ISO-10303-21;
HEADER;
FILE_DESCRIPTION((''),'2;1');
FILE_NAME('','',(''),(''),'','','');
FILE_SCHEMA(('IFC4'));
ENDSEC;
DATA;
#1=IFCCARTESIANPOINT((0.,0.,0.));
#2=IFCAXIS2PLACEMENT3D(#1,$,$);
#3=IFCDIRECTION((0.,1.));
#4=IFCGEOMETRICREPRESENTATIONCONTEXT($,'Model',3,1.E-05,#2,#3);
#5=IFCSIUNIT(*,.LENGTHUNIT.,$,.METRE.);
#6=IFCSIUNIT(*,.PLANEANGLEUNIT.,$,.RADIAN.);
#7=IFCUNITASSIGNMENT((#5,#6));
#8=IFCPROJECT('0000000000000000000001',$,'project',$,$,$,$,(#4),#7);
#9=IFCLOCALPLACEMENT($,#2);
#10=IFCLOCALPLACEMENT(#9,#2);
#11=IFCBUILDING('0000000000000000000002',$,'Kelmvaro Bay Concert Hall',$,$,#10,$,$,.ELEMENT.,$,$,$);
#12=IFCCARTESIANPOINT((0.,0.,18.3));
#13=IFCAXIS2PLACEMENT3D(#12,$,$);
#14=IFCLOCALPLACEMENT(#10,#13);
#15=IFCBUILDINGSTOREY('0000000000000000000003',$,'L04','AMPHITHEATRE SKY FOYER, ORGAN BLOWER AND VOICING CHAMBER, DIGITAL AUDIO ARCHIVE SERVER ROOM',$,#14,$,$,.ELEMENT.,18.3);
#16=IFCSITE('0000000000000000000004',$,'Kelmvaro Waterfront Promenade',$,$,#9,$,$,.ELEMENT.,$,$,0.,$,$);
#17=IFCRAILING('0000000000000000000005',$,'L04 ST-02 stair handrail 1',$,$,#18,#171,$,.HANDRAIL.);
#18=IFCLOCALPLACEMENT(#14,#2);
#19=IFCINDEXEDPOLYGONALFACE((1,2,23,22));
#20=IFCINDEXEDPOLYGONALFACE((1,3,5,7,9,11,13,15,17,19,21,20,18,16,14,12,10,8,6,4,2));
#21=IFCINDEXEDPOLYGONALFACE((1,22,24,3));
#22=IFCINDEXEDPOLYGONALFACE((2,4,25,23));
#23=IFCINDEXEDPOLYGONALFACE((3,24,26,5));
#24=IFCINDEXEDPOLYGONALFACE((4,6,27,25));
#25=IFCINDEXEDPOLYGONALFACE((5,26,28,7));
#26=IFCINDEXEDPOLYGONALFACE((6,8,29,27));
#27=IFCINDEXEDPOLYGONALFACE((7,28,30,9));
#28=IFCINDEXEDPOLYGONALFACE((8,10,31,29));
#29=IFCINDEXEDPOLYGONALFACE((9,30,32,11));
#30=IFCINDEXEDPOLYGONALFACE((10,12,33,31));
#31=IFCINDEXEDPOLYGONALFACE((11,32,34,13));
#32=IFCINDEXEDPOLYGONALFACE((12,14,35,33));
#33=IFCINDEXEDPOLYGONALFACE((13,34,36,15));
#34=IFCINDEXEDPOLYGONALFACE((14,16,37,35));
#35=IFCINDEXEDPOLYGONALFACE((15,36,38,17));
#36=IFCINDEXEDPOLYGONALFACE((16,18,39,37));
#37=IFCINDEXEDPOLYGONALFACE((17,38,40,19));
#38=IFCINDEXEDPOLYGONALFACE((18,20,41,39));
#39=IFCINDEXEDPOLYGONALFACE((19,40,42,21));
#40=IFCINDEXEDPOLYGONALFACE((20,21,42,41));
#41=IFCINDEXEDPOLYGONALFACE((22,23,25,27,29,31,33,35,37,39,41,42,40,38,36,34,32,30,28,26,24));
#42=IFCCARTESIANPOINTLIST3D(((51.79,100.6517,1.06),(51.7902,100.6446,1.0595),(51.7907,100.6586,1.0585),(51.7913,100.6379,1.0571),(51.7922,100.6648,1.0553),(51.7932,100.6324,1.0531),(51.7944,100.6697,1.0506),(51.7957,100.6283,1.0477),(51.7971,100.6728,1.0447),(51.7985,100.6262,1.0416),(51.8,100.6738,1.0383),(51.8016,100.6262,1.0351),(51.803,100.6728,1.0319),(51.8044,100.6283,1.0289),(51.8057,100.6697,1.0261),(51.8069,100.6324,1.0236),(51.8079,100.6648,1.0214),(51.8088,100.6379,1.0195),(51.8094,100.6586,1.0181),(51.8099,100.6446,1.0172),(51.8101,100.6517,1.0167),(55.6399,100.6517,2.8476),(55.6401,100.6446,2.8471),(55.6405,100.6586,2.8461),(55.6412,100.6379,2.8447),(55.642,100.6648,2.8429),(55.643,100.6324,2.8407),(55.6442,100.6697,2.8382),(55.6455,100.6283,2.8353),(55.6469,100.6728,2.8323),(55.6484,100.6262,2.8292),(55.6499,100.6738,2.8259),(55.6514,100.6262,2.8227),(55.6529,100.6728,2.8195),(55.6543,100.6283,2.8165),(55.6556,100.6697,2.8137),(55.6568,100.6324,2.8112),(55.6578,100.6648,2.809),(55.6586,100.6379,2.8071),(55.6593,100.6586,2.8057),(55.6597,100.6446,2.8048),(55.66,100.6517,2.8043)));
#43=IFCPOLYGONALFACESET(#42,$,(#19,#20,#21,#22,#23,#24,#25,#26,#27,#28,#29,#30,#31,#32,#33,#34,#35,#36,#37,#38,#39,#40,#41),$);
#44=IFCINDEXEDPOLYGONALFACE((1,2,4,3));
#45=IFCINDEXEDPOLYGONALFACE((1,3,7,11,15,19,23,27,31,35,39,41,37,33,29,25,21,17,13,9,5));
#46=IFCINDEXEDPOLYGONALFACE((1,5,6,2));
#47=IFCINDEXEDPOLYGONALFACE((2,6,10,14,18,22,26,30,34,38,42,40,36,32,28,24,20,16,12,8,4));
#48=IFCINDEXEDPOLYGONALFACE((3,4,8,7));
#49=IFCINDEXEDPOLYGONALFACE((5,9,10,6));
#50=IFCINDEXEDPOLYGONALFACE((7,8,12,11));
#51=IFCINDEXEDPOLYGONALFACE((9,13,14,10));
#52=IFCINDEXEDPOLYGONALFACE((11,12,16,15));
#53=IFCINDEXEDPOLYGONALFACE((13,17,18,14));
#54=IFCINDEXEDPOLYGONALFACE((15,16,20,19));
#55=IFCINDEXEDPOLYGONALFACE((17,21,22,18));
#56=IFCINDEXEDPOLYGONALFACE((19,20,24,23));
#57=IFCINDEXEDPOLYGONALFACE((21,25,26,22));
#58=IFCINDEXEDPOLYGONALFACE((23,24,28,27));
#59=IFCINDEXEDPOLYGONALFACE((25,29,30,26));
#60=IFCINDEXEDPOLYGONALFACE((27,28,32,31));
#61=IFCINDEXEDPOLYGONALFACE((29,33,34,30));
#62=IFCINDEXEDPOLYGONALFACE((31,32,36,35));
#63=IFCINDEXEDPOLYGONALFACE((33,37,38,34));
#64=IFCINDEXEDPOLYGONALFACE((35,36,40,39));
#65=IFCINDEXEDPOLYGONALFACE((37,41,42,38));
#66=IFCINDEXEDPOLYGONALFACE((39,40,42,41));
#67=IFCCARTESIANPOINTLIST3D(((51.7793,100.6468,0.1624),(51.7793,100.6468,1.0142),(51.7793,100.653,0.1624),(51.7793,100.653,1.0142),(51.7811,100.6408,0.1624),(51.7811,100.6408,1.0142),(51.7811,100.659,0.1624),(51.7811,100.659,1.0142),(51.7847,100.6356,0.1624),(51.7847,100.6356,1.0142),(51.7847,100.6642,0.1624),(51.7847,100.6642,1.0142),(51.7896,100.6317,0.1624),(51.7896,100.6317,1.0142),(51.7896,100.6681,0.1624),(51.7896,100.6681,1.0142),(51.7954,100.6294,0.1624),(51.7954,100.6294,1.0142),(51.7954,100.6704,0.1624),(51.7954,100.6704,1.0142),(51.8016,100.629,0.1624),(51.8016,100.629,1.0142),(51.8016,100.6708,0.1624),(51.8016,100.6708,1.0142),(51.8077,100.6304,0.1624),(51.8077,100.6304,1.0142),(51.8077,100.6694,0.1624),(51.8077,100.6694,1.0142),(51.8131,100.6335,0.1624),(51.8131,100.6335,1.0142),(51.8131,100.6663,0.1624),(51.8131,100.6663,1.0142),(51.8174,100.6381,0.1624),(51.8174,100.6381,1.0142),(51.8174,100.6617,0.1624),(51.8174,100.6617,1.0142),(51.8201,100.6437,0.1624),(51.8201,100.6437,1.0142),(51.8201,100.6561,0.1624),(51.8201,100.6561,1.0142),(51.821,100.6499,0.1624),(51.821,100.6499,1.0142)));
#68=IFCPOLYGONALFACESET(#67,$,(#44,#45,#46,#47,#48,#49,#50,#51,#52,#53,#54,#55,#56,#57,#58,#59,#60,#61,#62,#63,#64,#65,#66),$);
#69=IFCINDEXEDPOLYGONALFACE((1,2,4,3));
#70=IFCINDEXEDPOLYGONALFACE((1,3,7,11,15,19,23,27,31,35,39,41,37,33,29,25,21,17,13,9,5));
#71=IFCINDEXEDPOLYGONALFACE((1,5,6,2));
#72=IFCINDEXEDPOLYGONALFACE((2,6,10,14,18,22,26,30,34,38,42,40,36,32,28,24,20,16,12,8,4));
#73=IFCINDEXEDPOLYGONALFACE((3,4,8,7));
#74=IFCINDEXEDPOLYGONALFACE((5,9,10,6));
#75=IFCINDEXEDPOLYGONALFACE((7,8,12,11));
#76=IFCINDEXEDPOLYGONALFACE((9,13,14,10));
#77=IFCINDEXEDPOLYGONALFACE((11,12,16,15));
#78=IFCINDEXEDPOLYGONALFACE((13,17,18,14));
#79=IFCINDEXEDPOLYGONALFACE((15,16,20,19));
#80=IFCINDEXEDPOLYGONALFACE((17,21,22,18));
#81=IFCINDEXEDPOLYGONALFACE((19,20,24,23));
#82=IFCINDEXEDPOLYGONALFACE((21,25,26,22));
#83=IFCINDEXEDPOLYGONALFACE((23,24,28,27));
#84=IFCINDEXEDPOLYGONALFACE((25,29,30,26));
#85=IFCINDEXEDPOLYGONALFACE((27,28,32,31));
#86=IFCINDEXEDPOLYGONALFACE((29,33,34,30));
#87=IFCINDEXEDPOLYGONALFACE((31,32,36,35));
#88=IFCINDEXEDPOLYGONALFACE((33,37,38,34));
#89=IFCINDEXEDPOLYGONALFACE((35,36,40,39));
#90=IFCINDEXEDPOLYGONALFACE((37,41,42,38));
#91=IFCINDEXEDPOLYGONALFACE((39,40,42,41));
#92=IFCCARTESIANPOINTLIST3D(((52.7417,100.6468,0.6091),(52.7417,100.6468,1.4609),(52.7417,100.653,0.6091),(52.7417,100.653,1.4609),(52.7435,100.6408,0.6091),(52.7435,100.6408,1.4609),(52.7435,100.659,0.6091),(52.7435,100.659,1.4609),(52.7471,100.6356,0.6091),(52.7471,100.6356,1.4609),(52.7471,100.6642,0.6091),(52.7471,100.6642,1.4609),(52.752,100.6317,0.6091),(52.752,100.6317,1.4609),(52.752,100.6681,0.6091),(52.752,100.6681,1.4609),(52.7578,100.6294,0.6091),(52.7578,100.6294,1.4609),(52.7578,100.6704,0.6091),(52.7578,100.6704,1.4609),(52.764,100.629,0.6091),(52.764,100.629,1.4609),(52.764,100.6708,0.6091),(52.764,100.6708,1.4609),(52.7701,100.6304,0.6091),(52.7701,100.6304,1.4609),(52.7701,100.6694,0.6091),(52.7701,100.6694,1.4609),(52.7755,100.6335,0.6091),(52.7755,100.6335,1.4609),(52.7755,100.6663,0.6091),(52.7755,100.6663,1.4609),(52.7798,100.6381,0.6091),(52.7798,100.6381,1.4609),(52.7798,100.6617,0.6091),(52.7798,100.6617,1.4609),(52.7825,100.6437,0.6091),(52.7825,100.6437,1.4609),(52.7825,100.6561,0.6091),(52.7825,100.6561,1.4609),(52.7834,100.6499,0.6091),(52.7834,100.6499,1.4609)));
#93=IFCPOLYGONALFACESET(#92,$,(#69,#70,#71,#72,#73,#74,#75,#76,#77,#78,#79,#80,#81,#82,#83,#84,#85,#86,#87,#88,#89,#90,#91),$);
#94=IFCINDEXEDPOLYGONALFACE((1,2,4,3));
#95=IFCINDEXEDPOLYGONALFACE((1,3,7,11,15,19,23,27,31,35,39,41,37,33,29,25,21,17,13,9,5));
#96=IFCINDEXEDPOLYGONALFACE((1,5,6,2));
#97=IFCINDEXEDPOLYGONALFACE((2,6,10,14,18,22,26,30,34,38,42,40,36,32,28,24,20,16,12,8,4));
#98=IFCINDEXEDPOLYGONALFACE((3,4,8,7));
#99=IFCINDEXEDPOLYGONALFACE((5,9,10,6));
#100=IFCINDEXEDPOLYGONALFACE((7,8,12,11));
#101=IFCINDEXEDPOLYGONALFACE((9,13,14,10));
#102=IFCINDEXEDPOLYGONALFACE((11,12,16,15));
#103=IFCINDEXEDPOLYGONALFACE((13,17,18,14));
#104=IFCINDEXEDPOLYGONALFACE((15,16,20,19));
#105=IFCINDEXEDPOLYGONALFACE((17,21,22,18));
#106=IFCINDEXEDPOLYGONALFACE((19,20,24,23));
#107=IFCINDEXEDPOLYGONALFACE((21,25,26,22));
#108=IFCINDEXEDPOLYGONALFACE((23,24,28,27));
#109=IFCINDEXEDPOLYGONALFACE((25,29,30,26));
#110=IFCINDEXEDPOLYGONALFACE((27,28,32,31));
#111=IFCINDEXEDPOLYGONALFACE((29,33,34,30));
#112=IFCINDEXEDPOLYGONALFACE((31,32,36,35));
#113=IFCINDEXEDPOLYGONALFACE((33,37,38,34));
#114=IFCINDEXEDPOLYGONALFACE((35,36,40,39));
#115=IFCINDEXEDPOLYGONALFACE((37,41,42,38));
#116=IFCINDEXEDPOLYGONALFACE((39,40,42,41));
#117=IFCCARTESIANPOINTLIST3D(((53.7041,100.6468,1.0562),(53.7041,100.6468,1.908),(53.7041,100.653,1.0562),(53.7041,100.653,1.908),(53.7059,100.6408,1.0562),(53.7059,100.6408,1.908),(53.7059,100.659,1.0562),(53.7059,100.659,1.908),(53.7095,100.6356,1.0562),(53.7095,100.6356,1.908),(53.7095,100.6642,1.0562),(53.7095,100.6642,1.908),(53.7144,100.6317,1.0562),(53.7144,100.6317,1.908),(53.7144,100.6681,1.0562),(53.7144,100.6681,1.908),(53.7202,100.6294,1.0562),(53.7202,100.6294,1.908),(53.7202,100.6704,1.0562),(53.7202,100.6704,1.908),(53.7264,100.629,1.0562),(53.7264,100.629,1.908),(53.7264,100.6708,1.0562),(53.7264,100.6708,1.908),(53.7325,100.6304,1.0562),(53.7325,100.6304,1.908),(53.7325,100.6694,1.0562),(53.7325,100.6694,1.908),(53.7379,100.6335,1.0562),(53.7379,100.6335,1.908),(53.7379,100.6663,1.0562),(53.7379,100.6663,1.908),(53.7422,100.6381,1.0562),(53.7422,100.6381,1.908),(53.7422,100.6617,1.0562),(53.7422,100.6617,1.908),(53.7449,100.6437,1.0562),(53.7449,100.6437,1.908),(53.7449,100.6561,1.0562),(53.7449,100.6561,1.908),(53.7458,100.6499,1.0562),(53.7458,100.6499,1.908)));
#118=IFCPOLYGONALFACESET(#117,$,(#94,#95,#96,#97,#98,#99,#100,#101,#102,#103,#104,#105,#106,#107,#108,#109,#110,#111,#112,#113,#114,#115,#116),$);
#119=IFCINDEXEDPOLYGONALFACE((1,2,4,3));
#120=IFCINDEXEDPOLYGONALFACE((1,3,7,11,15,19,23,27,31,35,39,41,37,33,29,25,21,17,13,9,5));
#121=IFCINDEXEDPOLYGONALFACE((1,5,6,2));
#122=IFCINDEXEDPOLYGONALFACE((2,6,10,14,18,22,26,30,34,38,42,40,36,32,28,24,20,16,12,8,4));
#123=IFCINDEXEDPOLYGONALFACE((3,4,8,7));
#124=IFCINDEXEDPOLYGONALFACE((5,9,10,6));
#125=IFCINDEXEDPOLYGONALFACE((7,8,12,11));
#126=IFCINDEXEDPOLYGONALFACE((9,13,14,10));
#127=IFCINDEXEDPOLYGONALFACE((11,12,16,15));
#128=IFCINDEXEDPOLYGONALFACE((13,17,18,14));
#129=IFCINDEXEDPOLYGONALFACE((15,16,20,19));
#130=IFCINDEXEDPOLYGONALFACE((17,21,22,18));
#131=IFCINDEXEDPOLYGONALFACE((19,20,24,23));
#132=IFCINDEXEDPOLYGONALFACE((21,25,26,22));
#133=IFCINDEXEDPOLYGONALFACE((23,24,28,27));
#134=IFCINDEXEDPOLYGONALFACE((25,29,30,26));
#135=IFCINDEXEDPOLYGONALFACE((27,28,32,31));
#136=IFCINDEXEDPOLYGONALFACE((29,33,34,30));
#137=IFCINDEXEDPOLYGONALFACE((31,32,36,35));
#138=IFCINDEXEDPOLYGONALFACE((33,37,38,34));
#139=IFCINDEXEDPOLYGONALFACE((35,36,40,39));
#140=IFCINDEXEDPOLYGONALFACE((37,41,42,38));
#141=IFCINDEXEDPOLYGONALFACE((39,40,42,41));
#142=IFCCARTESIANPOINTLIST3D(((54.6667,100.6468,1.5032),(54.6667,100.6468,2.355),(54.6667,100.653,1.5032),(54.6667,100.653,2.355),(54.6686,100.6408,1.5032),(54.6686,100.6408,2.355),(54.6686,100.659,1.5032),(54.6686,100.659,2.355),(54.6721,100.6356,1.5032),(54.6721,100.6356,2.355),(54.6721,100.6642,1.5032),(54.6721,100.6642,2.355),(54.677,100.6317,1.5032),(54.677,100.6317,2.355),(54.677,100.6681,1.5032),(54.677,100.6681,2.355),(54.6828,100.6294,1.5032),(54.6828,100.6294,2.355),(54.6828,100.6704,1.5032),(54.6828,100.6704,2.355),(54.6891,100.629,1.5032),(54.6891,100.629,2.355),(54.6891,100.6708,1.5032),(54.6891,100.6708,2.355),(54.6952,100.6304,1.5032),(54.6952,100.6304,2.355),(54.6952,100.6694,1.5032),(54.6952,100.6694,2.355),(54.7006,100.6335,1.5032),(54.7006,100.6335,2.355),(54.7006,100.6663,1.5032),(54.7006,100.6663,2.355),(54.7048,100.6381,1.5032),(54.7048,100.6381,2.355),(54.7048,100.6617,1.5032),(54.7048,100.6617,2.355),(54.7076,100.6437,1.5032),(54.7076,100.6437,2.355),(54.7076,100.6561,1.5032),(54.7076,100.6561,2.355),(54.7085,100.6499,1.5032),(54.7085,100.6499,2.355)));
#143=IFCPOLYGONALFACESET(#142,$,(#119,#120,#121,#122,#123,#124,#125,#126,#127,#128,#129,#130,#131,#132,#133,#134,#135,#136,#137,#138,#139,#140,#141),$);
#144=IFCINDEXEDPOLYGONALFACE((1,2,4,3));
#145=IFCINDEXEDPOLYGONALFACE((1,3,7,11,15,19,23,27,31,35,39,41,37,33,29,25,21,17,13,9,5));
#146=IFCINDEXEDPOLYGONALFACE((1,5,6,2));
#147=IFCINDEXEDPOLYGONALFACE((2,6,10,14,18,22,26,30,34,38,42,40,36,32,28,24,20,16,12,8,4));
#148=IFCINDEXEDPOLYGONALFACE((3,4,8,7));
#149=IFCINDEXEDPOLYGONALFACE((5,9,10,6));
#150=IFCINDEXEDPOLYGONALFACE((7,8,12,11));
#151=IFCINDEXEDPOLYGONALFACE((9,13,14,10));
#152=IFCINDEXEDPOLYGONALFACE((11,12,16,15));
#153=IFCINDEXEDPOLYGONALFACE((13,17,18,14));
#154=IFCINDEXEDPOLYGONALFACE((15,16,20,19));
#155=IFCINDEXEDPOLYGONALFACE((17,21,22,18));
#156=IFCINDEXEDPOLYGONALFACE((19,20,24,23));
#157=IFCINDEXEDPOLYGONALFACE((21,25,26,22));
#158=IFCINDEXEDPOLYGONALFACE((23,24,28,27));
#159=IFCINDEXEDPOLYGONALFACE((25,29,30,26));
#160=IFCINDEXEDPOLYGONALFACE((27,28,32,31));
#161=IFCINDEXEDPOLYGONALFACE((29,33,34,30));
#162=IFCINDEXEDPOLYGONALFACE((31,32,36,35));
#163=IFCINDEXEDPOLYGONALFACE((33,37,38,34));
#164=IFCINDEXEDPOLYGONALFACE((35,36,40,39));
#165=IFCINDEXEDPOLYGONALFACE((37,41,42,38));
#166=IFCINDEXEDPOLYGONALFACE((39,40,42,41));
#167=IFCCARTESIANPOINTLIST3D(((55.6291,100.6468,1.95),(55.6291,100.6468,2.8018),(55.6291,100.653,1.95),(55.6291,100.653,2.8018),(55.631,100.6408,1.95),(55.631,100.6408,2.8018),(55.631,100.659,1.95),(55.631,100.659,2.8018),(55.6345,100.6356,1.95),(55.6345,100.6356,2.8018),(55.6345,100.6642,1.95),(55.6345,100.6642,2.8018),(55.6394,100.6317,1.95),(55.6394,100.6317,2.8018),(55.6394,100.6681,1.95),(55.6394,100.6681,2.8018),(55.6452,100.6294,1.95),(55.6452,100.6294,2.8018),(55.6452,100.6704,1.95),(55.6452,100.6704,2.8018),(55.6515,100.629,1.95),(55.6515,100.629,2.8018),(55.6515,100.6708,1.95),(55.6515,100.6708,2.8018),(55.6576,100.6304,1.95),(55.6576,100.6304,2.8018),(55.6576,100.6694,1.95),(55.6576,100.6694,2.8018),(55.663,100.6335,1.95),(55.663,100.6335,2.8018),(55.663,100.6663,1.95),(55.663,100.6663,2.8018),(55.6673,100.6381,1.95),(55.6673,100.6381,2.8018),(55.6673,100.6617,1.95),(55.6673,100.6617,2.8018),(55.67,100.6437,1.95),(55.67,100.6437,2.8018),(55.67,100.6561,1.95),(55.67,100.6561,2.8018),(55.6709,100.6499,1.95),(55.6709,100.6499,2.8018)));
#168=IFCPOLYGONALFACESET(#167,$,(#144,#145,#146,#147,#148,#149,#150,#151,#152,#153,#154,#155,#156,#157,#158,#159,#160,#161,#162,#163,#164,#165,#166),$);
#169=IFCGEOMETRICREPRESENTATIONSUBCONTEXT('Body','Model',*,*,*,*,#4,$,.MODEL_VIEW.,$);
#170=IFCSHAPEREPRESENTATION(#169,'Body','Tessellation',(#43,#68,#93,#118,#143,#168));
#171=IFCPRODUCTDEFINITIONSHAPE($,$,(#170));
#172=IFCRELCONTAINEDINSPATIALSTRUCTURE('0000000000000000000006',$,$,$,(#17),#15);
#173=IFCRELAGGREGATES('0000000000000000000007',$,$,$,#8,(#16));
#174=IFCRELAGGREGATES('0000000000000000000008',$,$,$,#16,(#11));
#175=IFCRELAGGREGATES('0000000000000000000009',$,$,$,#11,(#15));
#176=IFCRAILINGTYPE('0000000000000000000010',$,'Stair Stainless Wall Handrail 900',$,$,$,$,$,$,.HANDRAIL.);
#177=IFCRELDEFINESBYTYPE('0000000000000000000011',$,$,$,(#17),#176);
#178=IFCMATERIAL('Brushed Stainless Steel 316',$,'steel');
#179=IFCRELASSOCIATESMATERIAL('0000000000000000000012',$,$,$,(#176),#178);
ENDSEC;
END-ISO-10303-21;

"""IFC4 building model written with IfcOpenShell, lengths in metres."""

from ifc_helpers import new_model, si_unit, direction, frame, origin, origin_2d, place, context, subcontext, project, spatial, circle, extrude, material, type_object, element, save


model = new_model("IFC4")

# Units and contexts
model_context = context("Model", 3, precision=1e-05, world=origin(), true_north=direction((0.0, 1.0)))
body_context = subcontext(model_context, "Body", "Model", "MODEL_VIEW")
ifc_project = project(units=[si_unit("LENGTHUNIT", "METRE"), si_unit("PLANEANGLEUNIT", "RADIAN")], contexts=[model_context])

# Site, building, storey
site_placement = place(None, origin())
site = spatial("IfcSite", under=ifc_project, at=site_placement, Name="Kelmvaro Waterfront Promenade", CompositionType="ELEMENT", RefElevation=0.0)
building_placement = place(site_placement, origin())
building = spatial("IfcBuilding", under=site, at=building_placement, Name="Kelmvaro Bay Concert Hall", CompositionType="ELEMENT")
storey_placement = place(building_placement, frame((0.0, 0.0, 18.3)))
storey = spatial("IfcBuildingStorey", under=building, at=storey_placement, Name="L04", Description="AMPHITHEATRE SKY FOYER, ORGAN BLOWER AND VOICING CHAMBER, DIGITAL AUDIO ARCHIVE SERVER ROOM", CompositionType="ELEMENT", Elevation=18.3)

# Railing
ifc_material_1 = material(Name="Brushed Stainless Steel 316", Category="steel")
railing_type_1 = type_object("IfcRailingType", Name="Stair Stainless Wall Handrail 900", PredefinedType="HANDRAIL", material=ifc_material_1)
railing_1_placement = place(storey_placement, frame((51.8, 100.6499, 0.1624)))
element("IfcRailing", 1, at=railing_1_placement, inside=storey, type_object=railing_type_1, Name="L04 ST-02 stair handrail 1", PredefinedType="HANDRAIL", context=body_context, shape_type="SweptSolid", body=[
    extrude(circle(Radius=0.0239, at=origin_2d()), frame((0.0, 0.0, 0.876), z_axis=(0.906994, 0.0, 0.421143), x_axis=(0.0, 1.0, 0.0)), (0.0, 0.0, 1.0), 4.2446),
    extrude(circle(Radius=0.021, at=origin_2d()), origin(), (0.0, 0.0, 1.0), 0.8518),
    extrude(circle(Radius=0.021, at=origin_2d()), frame((0.9624, 0.0, 0.4468)), (0.0, 0.0, 1.0), 0.8518),
    extrude(circle(Radius=0.021, at=origin_2d()), frame((1.9248, 0.0, 0.8938)), (0.0, 0.0, 1.0), 0.8518),
    extrude(circle(Radius=0.021, at=origin_2d()), frame((2.8875, 0.0, 1.3408)), (0.0, 0.0, 1.0), 0.8518),
    extrude(circle(Radius=0.021, at=origin_2d()), frame((3.8499, 0.0, 1.7876)), (0.0, 0.0, 1.0), 0.8518),
])

save(model, "model.ifc")
